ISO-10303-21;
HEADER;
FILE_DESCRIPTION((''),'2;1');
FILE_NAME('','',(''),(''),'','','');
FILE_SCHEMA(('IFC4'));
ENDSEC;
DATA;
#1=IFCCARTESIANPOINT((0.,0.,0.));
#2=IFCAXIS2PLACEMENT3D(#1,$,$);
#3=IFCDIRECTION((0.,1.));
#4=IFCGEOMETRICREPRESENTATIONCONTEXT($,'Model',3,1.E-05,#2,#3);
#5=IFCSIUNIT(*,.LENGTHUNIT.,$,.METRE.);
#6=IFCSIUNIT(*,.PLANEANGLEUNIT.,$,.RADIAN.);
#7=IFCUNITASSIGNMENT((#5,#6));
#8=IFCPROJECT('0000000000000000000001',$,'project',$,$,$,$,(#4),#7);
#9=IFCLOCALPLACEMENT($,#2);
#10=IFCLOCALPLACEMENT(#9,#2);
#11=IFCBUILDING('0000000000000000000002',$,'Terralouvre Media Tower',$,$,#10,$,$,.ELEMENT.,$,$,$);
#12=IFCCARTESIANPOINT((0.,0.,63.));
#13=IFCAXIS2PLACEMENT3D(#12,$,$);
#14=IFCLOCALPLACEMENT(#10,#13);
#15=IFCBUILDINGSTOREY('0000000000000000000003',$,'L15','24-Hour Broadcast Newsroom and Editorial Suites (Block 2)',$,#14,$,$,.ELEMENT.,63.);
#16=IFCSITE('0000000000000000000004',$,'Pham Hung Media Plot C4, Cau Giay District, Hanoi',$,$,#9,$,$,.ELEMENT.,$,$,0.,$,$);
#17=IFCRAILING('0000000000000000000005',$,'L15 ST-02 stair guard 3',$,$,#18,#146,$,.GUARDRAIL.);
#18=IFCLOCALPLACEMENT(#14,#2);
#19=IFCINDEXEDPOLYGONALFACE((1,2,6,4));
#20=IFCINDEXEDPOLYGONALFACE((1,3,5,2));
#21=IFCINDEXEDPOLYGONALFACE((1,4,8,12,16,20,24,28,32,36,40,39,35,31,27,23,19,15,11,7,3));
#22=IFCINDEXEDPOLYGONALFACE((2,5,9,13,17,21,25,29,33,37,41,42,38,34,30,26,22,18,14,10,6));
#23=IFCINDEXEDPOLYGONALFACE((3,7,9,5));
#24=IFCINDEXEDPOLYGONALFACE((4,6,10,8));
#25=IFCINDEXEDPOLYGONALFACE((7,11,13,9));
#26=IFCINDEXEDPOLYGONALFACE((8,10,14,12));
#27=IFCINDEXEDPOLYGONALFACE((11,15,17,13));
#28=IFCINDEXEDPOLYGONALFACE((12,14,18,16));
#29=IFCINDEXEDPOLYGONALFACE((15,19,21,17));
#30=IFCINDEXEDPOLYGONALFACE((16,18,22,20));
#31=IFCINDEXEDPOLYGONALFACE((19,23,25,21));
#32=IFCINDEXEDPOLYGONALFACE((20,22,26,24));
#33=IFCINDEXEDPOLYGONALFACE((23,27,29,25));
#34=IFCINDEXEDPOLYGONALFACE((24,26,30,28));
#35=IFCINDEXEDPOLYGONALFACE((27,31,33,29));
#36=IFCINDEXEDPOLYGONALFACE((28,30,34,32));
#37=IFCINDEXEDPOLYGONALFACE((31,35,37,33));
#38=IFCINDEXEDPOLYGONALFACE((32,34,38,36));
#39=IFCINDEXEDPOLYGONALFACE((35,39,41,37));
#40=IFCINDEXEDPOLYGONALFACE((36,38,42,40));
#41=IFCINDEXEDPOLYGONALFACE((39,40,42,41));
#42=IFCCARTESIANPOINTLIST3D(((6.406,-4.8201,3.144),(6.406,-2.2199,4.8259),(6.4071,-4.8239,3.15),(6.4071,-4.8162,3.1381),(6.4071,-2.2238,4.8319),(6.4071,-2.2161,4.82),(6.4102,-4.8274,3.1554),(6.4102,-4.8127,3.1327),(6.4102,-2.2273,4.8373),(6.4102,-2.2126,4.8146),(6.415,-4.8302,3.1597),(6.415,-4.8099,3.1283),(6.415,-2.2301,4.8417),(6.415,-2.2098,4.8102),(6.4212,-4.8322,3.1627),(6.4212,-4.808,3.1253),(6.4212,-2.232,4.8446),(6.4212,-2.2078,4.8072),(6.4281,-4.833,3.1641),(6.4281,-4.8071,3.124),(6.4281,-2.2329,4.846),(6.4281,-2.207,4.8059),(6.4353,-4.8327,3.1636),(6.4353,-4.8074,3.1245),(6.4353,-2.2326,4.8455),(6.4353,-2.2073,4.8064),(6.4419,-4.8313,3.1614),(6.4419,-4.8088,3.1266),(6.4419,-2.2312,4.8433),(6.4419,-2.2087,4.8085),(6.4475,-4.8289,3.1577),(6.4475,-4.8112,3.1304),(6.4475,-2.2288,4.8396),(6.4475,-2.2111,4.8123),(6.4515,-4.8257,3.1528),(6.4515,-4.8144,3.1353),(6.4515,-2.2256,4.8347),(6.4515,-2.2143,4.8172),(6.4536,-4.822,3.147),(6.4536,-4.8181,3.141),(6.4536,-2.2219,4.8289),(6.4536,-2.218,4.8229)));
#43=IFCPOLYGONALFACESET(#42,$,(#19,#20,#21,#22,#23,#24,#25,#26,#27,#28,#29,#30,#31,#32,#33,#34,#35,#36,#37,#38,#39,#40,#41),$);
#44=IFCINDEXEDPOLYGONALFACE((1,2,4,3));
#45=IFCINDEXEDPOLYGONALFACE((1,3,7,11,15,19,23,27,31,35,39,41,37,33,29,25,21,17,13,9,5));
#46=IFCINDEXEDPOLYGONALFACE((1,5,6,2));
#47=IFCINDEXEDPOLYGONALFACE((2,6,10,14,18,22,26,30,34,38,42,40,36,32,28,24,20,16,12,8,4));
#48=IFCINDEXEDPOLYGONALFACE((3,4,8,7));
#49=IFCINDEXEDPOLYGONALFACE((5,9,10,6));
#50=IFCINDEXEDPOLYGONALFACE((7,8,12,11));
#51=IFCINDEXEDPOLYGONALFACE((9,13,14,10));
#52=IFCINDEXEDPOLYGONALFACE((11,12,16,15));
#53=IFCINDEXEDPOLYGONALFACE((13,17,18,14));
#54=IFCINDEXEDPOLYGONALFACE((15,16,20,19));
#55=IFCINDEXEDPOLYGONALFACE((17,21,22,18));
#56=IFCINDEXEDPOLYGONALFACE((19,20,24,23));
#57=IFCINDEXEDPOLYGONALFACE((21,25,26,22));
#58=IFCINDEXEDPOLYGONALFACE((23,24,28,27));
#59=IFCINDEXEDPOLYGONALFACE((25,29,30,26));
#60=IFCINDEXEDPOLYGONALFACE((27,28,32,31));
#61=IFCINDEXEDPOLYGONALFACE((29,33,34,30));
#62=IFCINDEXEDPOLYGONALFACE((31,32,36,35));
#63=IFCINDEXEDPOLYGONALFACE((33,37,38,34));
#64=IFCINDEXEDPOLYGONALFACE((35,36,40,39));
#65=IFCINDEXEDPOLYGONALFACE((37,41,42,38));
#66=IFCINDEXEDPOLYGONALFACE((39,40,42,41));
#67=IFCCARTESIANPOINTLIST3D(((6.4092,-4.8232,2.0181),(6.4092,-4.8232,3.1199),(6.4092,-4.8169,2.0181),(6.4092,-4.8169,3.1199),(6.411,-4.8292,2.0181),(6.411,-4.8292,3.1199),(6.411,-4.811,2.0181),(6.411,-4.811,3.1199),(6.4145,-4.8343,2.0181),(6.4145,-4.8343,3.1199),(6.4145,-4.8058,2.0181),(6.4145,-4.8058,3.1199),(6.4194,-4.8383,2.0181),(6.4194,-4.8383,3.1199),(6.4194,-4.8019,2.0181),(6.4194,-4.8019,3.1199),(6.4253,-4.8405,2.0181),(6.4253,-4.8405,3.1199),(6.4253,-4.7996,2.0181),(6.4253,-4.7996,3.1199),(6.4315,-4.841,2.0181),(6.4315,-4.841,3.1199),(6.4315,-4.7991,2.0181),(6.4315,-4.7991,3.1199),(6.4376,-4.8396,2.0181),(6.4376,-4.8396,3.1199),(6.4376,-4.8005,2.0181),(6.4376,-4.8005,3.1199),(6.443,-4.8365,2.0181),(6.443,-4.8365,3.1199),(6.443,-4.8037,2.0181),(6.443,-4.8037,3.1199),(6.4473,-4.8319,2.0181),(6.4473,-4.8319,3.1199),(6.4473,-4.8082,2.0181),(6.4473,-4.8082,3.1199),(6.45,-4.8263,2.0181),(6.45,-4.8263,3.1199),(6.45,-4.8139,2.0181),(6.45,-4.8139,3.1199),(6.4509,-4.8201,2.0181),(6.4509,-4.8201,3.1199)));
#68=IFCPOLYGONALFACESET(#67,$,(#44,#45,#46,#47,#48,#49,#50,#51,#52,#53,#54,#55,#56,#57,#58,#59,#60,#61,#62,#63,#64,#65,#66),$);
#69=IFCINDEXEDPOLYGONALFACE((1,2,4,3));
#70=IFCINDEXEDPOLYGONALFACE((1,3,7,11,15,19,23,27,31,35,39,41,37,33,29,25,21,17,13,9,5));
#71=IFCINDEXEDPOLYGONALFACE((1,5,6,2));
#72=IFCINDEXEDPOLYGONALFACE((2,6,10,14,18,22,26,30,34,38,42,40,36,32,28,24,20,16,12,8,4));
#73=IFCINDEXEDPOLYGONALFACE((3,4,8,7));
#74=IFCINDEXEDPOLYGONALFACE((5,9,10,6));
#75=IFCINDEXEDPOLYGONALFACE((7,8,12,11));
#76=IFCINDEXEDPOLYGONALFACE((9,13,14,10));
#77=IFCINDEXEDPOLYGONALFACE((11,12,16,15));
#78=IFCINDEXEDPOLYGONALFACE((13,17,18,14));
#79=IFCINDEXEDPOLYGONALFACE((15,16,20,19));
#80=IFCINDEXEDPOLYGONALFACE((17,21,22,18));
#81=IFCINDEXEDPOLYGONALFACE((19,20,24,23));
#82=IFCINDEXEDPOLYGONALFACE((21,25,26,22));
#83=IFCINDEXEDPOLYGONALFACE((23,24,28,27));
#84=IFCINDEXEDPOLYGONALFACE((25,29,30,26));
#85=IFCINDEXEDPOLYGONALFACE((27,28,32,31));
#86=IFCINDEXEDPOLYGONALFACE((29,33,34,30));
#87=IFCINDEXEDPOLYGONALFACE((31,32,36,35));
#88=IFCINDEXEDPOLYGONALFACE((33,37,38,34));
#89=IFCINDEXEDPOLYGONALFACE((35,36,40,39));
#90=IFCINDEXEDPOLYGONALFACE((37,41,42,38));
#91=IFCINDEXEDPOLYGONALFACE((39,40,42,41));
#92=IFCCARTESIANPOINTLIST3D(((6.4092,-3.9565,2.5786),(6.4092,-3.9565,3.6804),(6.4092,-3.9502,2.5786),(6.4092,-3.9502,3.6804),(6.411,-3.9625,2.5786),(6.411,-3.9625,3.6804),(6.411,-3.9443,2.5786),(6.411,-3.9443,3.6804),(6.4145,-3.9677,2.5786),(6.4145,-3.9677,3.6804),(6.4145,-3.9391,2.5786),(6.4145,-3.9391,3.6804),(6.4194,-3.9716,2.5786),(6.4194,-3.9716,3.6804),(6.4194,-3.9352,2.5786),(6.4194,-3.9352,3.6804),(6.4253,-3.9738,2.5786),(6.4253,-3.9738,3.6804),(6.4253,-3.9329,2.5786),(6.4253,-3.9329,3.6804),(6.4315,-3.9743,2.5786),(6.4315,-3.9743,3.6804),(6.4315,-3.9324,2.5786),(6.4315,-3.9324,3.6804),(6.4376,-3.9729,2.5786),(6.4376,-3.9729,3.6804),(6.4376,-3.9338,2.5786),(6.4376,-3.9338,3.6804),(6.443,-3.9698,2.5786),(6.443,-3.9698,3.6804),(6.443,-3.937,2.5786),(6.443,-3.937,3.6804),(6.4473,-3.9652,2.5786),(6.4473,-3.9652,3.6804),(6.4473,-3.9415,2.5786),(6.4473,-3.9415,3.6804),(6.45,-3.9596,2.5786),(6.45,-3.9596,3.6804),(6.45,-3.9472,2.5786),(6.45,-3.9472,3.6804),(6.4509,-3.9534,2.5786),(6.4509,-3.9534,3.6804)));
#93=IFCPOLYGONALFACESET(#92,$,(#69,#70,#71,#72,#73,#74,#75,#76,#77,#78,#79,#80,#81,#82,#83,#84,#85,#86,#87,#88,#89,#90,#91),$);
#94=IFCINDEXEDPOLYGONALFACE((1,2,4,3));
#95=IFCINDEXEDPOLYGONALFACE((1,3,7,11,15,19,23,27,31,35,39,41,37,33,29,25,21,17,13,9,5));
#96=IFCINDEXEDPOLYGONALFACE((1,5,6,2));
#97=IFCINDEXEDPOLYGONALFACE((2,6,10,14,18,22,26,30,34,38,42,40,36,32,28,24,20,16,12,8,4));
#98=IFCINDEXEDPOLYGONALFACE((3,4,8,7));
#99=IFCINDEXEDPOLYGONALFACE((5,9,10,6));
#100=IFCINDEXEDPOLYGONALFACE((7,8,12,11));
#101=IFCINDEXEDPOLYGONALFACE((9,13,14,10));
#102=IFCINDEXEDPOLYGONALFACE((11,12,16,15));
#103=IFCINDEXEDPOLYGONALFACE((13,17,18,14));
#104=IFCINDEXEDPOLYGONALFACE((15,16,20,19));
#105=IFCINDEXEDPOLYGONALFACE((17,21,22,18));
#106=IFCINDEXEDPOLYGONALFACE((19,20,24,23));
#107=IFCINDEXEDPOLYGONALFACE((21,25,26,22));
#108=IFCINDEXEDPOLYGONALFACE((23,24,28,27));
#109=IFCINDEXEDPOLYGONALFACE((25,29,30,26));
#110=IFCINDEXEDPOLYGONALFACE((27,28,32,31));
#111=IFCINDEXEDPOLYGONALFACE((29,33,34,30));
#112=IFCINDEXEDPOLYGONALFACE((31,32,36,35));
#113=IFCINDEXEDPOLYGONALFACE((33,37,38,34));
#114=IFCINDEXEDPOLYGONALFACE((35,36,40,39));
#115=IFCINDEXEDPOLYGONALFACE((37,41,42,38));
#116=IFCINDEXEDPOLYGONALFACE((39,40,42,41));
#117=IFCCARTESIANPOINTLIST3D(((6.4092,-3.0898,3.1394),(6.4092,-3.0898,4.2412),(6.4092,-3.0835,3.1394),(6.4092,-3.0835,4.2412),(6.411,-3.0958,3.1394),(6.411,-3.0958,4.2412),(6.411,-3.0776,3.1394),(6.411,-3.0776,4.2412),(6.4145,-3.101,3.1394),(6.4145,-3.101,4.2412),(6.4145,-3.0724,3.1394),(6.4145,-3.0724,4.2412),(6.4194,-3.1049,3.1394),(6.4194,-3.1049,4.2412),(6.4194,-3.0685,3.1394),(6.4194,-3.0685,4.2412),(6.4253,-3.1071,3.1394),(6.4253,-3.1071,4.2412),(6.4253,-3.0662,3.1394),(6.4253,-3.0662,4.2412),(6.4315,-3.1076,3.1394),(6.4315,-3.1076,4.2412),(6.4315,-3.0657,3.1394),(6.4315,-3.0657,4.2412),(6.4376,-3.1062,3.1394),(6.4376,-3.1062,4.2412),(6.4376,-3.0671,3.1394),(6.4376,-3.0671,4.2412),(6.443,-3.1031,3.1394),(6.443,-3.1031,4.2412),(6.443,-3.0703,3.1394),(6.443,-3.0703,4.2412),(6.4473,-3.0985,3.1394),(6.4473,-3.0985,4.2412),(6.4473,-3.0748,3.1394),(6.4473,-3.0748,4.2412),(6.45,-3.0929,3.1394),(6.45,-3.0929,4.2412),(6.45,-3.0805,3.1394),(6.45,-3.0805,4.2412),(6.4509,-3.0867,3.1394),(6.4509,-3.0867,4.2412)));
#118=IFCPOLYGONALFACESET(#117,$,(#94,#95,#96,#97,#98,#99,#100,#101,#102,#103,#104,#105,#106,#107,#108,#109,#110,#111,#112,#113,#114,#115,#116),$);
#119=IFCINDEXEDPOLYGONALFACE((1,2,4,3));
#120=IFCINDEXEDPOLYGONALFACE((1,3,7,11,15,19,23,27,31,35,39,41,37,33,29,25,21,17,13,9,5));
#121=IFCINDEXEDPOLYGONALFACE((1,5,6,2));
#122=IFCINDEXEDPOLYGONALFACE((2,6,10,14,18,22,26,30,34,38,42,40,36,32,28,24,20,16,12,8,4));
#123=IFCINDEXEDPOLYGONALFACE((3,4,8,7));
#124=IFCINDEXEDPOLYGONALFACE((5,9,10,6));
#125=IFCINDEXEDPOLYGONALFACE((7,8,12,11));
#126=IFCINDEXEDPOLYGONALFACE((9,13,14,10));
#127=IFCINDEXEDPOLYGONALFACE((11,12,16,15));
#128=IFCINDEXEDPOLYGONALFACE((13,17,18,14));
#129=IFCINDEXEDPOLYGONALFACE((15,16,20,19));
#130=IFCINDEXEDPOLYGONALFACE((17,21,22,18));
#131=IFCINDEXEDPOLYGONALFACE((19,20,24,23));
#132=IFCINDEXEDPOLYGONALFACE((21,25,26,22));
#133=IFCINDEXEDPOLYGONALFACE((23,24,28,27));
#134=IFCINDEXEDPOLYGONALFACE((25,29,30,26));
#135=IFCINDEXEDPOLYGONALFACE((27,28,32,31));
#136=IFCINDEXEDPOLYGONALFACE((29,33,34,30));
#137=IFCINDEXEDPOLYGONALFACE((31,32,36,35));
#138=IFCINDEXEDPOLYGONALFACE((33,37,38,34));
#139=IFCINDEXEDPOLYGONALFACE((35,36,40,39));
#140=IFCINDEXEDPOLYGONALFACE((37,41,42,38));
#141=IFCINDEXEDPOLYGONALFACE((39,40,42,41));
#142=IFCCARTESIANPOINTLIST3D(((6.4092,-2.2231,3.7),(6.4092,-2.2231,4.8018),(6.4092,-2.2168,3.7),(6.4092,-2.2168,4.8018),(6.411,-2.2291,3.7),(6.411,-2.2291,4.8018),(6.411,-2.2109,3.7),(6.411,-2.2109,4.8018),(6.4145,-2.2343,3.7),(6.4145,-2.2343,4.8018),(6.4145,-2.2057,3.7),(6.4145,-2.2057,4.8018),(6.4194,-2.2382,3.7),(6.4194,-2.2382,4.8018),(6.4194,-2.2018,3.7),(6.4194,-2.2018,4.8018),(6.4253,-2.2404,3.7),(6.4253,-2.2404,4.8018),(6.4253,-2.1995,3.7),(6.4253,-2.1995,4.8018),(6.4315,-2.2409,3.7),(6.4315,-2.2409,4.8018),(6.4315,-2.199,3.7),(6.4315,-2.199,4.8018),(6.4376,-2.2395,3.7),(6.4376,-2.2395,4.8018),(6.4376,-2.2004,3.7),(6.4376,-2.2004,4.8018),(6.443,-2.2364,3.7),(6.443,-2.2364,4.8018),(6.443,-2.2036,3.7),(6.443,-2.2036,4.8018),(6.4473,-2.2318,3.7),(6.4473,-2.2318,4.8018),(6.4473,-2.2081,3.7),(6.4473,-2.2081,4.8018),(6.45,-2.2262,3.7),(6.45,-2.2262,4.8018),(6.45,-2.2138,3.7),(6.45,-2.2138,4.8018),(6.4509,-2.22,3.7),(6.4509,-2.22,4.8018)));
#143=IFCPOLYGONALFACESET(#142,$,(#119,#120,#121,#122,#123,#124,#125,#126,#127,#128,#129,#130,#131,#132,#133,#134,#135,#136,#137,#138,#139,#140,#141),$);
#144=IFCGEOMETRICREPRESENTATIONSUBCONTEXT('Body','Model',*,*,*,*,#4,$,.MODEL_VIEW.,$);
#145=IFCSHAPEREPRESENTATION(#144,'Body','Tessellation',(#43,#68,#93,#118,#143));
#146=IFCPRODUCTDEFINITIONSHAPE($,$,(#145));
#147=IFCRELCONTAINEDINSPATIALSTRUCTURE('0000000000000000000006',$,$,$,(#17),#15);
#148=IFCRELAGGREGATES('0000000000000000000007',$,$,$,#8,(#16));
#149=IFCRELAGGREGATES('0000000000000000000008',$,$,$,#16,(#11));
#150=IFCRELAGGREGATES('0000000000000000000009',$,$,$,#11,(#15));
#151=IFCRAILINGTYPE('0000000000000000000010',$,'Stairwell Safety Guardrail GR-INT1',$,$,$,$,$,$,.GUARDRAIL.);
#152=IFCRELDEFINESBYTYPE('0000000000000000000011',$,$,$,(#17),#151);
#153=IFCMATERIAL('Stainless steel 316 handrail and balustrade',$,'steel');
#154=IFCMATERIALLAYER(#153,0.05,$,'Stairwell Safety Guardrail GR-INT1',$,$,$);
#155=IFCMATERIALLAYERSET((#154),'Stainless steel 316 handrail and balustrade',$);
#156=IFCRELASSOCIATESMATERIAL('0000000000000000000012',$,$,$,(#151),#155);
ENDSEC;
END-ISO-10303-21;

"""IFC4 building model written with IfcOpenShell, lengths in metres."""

from ifc_helpers import new_model, si_unit, direction, frame, origin, origin_2d, place, context, subcontext, project, spatial, circle, extrude, material, layer, layer_set, type_object, element, save


model = new_model("IFC4")

# Units and contexts
model_context = context("Model", 3, precision=1e-05, world=origin(), true_north=direction((0.0, 1.0)))
body_context = subcontext(model_context, "Body", "Model", "MODEL_VIEW")
ifc_project = project(units=[si_unit("LENGTHUNIT", "METRE"), si_unit("PLANEANGLEUNIT", "RADIAN")], contexts=[model_context])

# Site, building, storey
site_placement = place(None, origin())
site = spatial("IfcSite", under=ifc_project, at=site_placement, Name="Pham Hung Media Plot C4, Cau Giay District, Hanoi", CompositionType="ELEMENT", RefElevation=0.0)
building_placement = place(site_placement, origin())
building = spatial("IfcBuilding", under=site, at=building_placement, Name="Terralouvre Media Tower", CompositionType="ELEMENT")
storey_placement = place(building_placement, frame((0.0, 0.0, 63.0)))
storey = spatial("IfcBuildingStorey", under=building, at=storey_placement, Name="L15", Description="24-Hour Broadcast Newsroom and Editorial Suites (Block 2)", CompositionType="ELEMENT", Elevation=63.0)

# Railing
ifc_material_1 = material(Name="Stainless steel 316 handrail and balustrade", Category="steel")
ifc_layer_1 = layer(ifc_material_1, 0.05, Name="Stairwell Safety Guardrail GR-INT1")
ifc_layer_set_1 = layer_set([ifc_layer_1], Name="Stainless steel 316 handrail and balustrade")
railing_type_1 = type_object("IfcRailingType", Name="Stairwell Safety Guardrail GR-INT1", PredefinedType="GUARDRAIL", material=ifc_layer_set_1)
railing_1_placement = place(storey_placement, frame((6.4299, -4.8201, 2.0181)))
element("IfcRailing", 1, at=railing_1_placement, inside=storey, type_object=railing_type_1, Name="L15 ST-02 stair guard 3", PredefinedType="GUARDRAIL", context=body_context, shape_type="SweptSolid", body=[
    extrude(circle(Radius=0.0239, at=origin_2d()), frame((0.0, 0.0, 1.126), z_axis=(0.0, 0.839648, 0.54313), x_axis=(-1.0, 0.0, 0.0)), (0.0, 0.0, 1.0), 3.0967),
    extrude(circle(Radius=0.021, at=origin_2d()), origin(), (0.0, 0.0, 1.0), 1.1018),
    extrude(circle(Radius=0.021, at=origin_2d()), frame((0.0, 0.8667, 0.5605)), (0.0, 0.0, 1.0), 1.1018),
    extrude(circle(Radius=0.021, at=origin_2d()), frame((0.0, 1.7334, 1.1213)), (0.0, 0.0, 1.0), 1.1018),
    extrude(circle(Radius=0.021, at=origin_2d()), frame((0.0, 2.6001, 1.6819)), (0.0, 0.0, 1.0), 1.1018),
])

save(model, "model.ifc")
